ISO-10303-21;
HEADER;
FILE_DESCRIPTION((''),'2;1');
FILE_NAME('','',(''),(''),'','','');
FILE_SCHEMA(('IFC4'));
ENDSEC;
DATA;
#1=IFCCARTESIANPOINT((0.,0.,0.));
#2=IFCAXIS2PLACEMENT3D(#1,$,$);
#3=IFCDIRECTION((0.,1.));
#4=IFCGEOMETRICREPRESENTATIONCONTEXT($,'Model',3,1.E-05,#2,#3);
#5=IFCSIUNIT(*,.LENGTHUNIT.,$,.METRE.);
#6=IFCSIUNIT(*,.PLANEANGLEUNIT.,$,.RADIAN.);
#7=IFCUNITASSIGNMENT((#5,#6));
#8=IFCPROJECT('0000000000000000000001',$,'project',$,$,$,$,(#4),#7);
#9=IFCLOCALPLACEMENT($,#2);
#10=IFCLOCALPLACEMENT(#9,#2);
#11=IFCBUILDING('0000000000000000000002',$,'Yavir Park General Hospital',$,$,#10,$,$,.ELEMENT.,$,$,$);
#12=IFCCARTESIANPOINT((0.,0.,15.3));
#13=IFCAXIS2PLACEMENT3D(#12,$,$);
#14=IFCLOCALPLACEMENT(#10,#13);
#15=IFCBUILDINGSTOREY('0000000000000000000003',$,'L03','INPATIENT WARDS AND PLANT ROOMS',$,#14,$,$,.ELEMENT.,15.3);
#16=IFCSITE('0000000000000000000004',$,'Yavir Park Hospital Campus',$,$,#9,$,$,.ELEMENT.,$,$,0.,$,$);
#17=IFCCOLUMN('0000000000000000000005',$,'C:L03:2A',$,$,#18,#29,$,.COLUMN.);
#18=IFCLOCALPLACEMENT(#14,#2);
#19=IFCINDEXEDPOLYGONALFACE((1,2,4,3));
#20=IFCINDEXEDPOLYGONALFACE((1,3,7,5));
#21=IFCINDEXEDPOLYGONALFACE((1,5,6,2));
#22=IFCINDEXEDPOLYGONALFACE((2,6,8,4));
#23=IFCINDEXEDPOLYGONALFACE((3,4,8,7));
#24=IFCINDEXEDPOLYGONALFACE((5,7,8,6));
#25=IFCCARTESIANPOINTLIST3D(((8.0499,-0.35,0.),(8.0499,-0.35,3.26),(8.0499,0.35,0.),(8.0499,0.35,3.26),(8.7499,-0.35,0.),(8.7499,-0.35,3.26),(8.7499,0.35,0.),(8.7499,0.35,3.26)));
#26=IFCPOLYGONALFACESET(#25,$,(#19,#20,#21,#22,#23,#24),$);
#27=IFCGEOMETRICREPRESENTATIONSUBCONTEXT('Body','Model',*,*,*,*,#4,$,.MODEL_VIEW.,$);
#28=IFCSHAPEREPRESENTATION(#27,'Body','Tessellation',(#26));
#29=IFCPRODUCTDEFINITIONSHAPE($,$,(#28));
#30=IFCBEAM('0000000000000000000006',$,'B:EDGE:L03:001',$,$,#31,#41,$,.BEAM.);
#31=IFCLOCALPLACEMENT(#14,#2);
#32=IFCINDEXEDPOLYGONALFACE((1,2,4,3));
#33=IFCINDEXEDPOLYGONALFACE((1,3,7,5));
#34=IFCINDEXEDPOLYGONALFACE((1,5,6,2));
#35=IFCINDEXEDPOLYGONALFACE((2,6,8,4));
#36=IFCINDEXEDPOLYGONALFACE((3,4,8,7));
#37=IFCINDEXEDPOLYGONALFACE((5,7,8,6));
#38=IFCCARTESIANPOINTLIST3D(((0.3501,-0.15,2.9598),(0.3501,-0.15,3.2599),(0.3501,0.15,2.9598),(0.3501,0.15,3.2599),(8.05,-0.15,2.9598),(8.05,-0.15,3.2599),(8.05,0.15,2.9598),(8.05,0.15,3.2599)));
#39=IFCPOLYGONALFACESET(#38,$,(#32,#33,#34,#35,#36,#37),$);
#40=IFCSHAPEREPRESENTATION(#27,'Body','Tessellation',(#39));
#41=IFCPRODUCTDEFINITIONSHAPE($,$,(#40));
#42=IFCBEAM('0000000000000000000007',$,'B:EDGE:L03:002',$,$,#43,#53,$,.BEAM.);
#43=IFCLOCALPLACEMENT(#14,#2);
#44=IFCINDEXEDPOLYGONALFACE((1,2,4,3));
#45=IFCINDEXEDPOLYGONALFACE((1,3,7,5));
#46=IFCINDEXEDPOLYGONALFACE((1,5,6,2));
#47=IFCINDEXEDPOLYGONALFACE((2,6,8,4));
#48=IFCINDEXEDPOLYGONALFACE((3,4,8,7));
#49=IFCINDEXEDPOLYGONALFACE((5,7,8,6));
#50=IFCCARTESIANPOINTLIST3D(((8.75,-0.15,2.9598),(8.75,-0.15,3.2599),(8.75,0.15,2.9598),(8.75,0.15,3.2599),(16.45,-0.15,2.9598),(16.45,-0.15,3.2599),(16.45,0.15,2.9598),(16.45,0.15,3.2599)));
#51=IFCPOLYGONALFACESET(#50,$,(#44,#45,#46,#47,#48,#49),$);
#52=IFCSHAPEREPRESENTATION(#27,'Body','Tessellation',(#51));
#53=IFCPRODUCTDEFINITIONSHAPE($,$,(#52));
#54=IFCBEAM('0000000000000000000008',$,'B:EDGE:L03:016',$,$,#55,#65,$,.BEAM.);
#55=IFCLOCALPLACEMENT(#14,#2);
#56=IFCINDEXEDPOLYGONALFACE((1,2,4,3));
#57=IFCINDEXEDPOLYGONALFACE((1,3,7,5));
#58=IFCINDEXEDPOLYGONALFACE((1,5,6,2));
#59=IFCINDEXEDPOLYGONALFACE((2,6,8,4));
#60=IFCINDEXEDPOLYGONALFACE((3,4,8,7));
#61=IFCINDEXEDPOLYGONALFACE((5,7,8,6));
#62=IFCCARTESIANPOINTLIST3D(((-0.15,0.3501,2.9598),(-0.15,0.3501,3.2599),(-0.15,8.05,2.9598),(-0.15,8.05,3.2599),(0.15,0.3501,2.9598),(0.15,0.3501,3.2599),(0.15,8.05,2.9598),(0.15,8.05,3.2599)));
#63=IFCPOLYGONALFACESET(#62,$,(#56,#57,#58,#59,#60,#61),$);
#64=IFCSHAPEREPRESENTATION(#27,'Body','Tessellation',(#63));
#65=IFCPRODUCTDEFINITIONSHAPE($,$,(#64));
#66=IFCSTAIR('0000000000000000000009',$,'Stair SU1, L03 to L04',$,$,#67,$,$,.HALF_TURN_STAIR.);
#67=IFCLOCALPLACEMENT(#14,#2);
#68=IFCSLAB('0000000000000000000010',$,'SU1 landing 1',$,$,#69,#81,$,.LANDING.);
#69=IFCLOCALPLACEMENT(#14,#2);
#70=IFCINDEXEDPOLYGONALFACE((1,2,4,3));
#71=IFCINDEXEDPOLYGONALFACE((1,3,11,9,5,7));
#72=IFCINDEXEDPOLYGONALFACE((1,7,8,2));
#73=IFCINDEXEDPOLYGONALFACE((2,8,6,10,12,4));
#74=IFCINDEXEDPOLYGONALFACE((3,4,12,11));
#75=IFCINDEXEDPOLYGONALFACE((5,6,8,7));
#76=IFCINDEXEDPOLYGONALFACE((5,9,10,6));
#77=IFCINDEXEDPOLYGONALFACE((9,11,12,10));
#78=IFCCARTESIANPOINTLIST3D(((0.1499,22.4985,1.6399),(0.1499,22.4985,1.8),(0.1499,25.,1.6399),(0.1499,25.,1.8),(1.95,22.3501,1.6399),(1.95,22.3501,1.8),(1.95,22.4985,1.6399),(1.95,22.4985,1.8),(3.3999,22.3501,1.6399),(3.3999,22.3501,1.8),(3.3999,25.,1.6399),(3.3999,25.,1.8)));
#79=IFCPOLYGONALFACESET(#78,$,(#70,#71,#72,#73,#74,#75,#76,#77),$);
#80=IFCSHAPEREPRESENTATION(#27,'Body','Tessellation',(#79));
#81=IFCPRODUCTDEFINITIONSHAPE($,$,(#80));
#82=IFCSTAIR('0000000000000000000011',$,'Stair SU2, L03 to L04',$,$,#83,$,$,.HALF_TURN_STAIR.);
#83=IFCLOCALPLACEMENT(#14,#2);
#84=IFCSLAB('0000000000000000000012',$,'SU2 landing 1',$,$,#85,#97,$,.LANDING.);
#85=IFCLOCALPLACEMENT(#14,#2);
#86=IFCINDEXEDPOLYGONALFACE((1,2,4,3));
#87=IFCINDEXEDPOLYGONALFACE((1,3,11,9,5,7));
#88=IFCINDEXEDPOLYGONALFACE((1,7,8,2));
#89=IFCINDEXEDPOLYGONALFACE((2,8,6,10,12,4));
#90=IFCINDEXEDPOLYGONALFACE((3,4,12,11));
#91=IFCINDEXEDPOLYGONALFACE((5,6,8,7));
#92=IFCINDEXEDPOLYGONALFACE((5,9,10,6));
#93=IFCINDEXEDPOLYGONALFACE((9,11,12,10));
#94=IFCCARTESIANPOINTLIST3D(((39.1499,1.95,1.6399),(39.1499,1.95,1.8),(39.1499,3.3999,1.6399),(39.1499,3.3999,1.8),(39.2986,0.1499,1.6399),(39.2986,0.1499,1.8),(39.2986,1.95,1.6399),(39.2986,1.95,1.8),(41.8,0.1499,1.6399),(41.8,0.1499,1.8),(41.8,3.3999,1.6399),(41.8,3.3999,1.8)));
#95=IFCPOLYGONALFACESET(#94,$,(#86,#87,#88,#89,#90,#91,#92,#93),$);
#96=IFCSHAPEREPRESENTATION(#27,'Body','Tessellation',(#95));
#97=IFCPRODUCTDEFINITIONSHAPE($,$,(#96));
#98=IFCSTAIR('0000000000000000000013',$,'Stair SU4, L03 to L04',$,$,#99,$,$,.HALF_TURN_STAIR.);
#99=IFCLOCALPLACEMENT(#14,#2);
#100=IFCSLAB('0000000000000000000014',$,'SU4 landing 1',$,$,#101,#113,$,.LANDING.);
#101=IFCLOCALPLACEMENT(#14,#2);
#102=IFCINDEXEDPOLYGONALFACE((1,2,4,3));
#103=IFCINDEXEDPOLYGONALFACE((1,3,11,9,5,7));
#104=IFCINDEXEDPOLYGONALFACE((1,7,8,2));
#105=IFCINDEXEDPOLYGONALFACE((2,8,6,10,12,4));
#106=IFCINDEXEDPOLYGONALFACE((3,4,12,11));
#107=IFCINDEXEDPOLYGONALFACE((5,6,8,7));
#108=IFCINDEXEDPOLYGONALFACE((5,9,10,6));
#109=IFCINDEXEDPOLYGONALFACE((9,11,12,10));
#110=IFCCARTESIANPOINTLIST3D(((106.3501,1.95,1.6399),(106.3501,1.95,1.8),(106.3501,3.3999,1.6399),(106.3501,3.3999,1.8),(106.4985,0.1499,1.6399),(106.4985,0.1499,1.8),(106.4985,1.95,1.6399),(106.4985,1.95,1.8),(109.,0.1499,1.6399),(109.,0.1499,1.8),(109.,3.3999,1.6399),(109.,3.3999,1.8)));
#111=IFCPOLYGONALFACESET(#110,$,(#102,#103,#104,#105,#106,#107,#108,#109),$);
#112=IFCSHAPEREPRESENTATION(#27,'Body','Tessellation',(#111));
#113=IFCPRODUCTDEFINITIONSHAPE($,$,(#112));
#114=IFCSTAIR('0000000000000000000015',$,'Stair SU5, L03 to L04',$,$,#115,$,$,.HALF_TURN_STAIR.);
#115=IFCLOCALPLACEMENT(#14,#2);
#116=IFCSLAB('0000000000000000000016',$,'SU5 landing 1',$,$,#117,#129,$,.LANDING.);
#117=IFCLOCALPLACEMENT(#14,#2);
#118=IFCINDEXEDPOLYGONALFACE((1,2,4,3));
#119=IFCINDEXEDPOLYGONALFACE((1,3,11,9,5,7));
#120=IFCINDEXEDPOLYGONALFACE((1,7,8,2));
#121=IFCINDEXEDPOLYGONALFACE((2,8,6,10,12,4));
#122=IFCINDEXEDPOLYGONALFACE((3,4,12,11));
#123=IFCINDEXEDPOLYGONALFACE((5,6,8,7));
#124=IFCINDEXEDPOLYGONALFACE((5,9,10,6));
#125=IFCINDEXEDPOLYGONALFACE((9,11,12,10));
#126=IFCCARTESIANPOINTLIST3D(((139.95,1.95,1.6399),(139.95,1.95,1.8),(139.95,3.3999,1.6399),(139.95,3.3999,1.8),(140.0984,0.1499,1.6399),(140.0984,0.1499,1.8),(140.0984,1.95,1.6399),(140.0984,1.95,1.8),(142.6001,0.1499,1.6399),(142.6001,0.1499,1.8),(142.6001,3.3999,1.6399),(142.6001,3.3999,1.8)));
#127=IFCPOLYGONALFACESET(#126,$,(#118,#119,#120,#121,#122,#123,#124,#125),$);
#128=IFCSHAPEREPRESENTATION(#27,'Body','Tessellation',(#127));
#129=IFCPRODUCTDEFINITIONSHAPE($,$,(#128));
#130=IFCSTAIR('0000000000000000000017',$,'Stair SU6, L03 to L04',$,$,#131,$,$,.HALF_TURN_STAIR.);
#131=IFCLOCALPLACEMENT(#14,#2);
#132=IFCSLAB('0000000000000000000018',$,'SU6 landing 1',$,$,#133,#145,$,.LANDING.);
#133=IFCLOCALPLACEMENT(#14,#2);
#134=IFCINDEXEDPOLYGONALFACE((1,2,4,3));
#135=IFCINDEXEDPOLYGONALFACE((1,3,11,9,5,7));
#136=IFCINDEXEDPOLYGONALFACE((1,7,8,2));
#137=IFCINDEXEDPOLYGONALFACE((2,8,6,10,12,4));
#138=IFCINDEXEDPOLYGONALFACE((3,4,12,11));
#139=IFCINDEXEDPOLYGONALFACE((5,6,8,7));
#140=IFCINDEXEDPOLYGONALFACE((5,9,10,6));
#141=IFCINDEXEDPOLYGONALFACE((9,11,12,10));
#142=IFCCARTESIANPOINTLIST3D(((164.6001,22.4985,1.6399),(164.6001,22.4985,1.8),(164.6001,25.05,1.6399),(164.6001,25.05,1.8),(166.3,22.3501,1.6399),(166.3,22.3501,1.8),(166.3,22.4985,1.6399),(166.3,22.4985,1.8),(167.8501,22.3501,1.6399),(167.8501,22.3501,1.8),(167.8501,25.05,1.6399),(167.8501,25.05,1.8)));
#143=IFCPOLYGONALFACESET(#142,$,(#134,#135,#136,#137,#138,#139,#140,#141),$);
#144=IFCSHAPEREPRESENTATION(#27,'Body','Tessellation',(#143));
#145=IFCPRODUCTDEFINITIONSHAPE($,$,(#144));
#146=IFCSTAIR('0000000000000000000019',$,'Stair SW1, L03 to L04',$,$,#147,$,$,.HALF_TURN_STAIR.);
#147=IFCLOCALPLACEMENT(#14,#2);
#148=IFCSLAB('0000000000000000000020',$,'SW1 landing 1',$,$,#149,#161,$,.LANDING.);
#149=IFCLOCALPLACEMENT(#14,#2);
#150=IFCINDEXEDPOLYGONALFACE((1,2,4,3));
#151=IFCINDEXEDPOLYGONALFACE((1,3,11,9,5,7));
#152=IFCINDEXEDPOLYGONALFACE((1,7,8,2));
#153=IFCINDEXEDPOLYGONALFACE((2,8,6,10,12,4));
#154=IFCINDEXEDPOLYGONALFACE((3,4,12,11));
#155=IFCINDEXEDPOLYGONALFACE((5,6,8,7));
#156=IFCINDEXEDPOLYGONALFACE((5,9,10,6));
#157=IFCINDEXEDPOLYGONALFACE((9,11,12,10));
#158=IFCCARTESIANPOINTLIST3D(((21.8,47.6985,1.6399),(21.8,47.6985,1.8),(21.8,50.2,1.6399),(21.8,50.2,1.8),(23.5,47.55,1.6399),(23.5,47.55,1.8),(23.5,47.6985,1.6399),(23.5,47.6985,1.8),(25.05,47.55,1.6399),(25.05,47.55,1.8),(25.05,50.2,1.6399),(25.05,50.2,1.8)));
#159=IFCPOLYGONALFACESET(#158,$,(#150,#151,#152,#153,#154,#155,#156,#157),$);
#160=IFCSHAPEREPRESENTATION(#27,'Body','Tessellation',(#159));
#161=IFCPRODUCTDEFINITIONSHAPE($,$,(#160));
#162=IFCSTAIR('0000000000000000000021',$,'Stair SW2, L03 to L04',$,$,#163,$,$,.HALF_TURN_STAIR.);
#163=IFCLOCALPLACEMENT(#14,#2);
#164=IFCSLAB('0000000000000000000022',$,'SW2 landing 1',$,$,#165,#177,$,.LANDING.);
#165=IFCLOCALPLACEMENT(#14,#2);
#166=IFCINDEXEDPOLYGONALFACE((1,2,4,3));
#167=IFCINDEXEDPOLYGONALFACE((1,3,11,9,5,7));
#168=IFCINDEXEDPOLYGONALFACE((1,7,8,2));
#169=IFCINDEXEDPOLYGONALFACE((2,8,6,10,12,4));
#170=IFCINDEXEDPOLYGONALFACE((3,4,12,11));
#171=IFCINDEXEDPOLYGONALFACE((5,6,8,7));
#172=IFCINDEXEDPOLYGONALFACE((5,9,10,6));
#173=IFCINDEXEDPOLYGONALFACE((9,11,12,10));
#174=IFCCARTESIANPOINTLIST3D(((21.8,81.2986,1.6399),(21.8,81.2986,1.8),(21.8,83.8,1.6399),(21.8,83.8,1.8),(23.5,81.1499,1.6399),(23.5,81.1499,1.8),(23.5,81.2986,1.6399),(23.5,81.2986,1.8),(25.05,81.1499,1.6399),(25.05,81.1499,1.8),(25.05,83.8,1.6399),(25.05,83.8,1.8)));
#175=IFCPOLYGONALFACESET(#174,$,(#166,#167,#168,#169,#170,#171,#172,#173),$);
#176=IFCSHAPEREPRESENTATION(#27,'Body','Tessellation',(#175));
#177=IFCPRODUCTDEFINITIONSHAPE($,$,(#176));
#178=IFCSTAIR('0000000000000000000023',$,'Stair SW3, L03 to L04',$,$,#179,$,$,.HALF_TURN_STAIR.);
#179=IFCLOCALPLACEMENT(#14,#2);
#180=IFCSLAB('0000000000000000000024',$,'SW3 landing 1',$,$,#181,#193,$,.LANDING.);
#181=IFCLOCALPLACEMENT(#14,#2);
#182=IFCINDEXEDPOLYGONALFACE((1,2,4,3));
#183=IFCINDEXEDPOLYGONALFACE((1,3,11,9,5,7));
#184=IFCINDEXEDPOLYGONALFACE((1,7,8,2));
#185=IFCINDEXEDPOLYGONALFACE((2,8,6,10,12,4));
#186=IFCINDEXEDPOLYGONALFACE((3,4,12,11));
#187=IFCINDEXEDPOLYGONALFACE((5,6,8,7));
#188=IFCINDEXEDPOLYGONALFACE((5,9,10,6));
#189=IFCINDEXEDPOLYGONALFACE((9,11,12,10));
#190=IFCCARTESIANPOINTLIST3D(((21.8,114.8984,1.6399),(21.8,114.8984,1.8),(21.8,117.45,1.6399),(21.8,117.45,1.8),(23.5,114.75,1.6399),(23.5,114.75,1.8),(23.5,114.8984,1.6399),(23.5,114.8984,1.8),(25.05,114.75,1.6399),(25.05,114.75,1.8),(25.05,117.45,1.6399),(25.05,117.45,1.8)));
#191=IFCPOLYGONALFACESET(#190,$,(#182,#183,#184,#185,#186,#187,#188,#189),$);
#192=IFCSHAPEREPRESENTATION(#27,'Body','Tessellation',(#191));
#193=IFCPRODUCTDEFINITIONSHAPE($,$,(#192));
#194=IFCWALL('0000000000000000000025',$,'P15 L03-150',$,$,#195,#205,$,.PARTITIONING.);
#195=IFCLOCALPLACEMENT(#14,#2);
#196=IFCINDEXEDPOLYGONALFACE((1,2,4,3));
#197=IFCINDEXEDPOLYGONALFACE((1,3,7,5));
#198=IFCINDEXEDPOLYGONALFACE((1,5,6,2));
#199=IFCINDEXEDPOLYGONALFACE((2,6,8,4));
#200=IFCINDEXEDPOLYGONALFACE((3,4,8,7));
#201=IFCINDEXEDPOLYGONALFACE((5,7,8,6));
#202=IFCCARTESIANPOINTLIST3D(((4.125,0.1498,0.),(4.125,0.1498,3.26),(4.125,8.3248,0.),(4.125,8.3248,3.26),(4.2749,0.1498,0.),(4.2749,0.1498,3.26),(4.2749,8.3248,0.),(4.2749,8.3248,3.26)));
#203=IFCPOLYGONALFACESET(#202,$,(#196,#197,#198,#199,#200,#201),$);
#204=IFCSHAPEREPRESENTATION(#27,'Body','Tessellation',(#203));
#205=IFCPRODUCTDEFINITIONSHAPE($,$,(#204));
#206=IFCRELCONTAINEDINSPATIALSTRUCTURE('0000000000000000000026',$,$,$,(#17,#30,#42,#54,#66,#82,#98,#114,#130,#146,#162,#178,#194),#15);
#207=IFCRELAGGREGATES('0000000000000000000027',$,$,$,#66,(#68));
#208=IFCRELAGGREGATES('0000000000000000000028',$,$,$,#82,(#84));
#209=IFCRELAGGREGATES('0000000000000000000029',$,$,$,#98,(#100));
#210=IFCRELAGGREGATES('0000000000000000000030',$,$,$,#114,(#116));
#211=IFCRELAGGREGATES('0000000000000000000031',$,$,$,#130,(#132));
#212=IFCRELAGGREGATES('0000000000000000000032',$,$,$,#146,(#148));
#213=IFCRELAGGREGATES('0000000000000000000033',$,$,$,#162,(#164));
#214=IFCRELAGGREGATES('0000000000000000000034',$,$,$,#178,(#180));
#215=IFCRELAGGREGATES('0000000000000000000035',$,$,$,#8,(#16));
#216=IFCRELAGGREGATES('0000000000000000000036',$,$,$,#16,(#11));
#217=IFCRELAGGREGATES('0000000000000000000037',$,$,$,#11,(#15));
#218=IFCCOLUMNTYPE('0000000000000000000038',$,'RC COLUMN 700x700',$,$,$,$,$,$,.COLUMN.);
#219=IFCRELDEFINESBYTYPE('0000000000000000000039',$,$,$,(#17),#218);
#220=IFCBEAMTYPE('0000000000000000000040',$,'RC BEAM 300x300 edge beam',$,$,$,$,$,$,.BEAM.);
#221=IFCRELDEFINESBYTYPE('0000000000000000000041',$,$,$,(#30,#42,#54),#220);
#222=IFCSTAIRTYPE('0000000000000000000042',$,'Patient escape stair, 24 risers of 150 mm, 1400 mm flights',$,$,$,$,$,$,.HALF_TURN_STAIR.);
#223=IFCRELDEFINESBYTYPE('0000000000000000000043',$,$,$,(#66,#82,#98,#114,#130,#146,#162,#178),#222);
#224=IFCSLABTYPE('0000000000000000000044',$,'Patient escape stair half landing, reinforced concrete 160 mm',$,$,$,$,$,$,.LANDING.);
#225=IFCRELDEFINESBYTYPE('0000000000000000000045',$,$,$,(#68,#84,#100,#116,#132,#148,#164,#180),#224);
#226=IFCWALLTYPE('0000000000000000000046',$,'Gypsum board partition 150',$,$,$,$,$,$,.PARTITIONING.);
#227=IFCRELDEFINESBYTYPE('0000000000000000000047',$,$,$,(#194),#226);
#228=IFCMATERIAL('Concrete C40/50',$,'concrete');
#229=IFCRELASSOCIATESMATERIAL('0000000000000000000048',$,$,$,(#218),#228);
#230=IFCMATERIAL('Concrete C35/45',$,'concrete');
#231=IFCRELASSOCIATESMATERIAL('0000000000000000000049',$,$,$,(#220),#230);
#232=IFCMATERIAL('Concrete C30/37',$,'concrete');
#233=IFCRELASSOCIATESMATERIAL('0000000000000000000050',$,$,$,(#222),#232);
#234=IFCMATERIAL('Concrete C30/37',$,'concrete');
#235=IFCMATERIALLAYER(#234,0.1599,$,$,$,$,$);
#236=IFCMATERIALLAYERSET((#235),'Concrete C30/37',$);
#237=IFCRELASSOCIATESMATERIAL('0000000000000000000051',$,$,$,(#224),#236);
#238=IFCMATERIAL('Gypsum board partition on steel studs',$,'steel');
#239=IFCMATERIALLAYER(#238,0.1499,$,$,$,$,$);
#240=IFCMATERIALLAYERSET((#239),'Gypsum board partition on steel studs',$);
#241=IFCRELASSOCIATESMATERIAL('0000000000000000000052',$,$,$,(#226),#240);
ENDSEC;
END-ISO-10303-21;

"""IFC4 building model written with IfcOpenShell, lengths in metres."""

from ifc_helpers import new_model, si_unit, direction, frame, frame_2d, origin, origin_2d, place, context, subcontext, project, spatial, polyline, rectangle, outline, extrude, material, layer, layer_set, material_profile, profile_set, type_object, element, aggregate, save


model = new_model("IFC4")

# Units and contexts
model_context = context("Model", 3, precision=1e-05, world=origin(), true_north=direction((0.0, 1.0)))
body_context = subcontext(model_context, "Body", "Model", "MODEL_VIEW")
ifc_project = project(units=[si_unit("LENGTHUNIT", "METRE"), si_unit("PLANEANGLEUNIT", "RADIAN")], contexts=[model_context])

# Site, building, storey
site_placement = place(None, origin())
site = spatial("IfcSite", under=ifc_project, at=site_placement, Name="Yavir Park Hospital Campus", CompositionType="ELEMENT", RefElevation=0.0)
building_placement = place(site_placement, origin())
building = spatial("IfcBuilding", under=site, at=building_placement, Name="Yavir Park General Hospital", CompositionType="ELEMENT")
storey_placement = place(building_placement, frame((0.0, 0.0, 15.3)))
storey = spatial("IfcBuildingStorey", under=building, at=storey_placement, Name="L03", Description="INPATIENT WARDS AND PLANT ROOMS", CompositionType="ELEMENT", Elevation=15.3)

# Column
ifc_material_1 = material(Name="Concrete C40/50", Category="concrete")
ifc_material_profile_1 = material_profile(ifc_material_1, rectangle(XDim=0.7, YDim=0.7, at=origin_2d()), Name="RC700x700")
ifc_profile_set_1 = profile_set([ifc_material_profile_1], Name="Concrete C40/50")
column_type = type_object("IfcColumnType", Name="RC COLUMN 700x700", PredefinedType="COLUMN", material=ifc_profile_set_1)
column_placement = place(storey_placement, frame((8.3999, 0.0, 0.0), z_axis=(0.0, 0.0, 1.0), x_axis=(1.0, 0.0, 0.0)))
element("IfcColumn", 1, at=column_placement, inside=storey, type_object=column_type, Name="C:L03:2A", PredefinedType="COLUMN", context=body_context, shape_type="SweptSolid", body=[
    extrude(rectangle(XDim=0.7, YDim=0.7, at=origin_2d()), origin(), (0.0, 0.0, 1.0), 3.26),
])

# Beams
ifc_material_2 = material(Name="Concrete C35/45", Category="concrete")
ifc_material_profile_2 = material_profile(ifc_material_2, rectangle(XDim=0.3, YDim=0.3, at=origin_2d()), Name="RC300x300")
ifc_profile_set_2 = profile_set([ifc_material_profile_2], Name="Concrete C35/45")
beam_type = type_object("IfcBeamType", Name="RC BEAM 300x300 edge beam", PredefinedType="BEAM", material=ifc_profile_set_2)
for number, where, z_axis, x_axis, name in (
    (2, (0.3501, 0.0, 3.1099), (1.0, 0.0, 0.0), (0.0, 1.0, 0.0), "B:EDGE:L03:001"),
    (3, (8.75, 0.0, 3.1099), (1.0, 0.0, 0.0), (0.0, 1.0, 0.0), "B:EDGE:L03:002"),
    (4, (0.0, 0.3501, 3.1099), (0.0, 1.0, 0.0), (-1.0, 0.0, 0.0), "B:EDGE:L03:016"),
):
    element("IfcBeam", number, at=place(storey_placement, frame(where, z_axis=z_axis, x_axis=x_axis)), inside=storey, type_object=beam_type, Name=name, PredefinedType="BEAM", context=body_context, shape_type="SweptSolid", body=[
        extrude(rectangle(XDim=0.3, YDim=0.3, at=origin_2d()), origin(), (0.0, 0.0, 1.0), 7.7),
    ])

# Stairs, slabs
ifc_material_3 = material(Name="Concrete C30/37", Category="concrete")
stair_type = type_object("IfcStairType", Name="Patient escape stair, 24 risers of 150 mm, 1400 mm flights", PredefinedType="HALF_TURN_STAIR", material=ifc_material_3)
stair_1_placement = place(storey_placement, origin())
stair_1 = element("IfcStair", 5, at=stair_1_placement, inside=storey, type_object=stair_type, Name="Stair SU1, L03 to L04", PredefinedType="HALF_TURN_STAIR")
ifc_material_4 = material(Name="Concrete C30/37", Category="concrete")
ifc_layer_1 = layer(ifc_material_4, 0.1599)
ifc_layer_set_1 = layer_set([ifc_layer_1], Name="Concrete C30/37")
slab_type = type_object("IfcSlabType", Name="Patient escape stair half landing, reinforced concrete 160 mm", PredefinedType="LANDING", material=ifc_layer_set_1)
slab_1_placement = place(storey_placement, frame((0.0, 0.0, 1.6399)))
slab_1 = element("IfcSlab", 6, at=slab_1_placement, type_object=slab_type, Name="SU1 landing 1", PredefinedType="LANDING", context=body_context, shape_type="SweptSolid", body=[
    extrude(outline(polyline([(0.1499, 22.4985), (0.1499, 25.0), (3.3999, 25.0), (3.3999, 22.3501), (1.95, 22.3501), (1.95, 22.4985), (0.1499, 22.4985)])), origin(), (0.0, 0.0, 1.0), 0.1602),
])
aggregate(stair_1, [slab_1])
stair_2_placement = place(storey_placement, origin())
stair_2 = element("IfcStair", 7, at=stair_2_placement, inside=storey, type_object=stair_type, Name="Stair SU2, L03 to L04", PredefinedType="HALF_TURN_STAIR")
slab_2_placement = place(storey_placement, frame((0.0, 0.0, 1.6399)))
slab_2 = element("IfcSlab", 8, at=slab_2_placement, type_object=slab_type, Name="SU2 landing 1", PredefinedType="LANDING", context=body_context, shape_type="SweptSolid", body=[
    extrude(outline(polyline([(39.2986, 0.1499), (41.8, 0.1499), (41.8, 3.3999), (39.1499, 3.3999), (39.1499, 1.95), (39.2986, 1.95), (39.2986, 0.1499)])), origin(), (0.0, 0.0, 1.0), 0.1602),
])
aggregate(stair_2, [slab_2])
stair_3_placement = place(storey_placement, origin())
stair_3 = element("IfcStair", 9, at=stair_3_placement, inside=storey, type_object=stair_type, Name="Stair SU4, L03 to L04", PredefinedType="HALF_TURN_STAIR")
slab_3_placement = place(storey_placement, frame((0.0, 0.0, 1.6399)))
slab_3 = element("IfcSlab", 10, at=slab_3_placement, type_object=slab_type, Name="SU4 landing 1", PredefinedType="LANDING", context=body_context, shape_type="SweptSolid", body=[
    extrude(outline(polyline([(106.4985, 0.1499), (109.0, 0.1499), (109.0, 3.3999), (106.3501, 3.3999), (106.3501, 1.95), (106.4985, 1.95), (106.4985, 0.1499)])), origin(), (0.0, 0.0, 1.0), 0.1602),
])
aggregate(stair_3, [slab_3])
stair_4_placement = place(storey_placement, origin())
stair_4 = element("IfcStair", 11, at=stair_4_placement, inside=storey, type_object=stair_type, Name="Stair SU5, L03 to L04", PredefinedType="HALF_TURN_STAIR")
slab_4_placement = place(storey_placement, frame((0.0, 0.0, 1.6399)))
slab_4 = element("IfcSlab", 12, at=slab_4_placement, type_object=slab_type, Name="SU5 landing 1", PredefinedType="LANDING", context=body_context, shape_type="SweptSolid", body=[
    extrude(outline(polyline([(140.0984, 0.1499), (142.6001, 0.1499), (142.6001, 3.3999), (139.95, 3.3999), (139.95, 1.95), (140.0984, 1.95), (140.0984, 0.1499)])), origin(), (0.0, 0.0, 1.0), 0.1602),
])
aggregate(stair_4, [slab_4])
stair_5_placement = place(storey_placement, origin())
stair_5 = element("IfcStair", 13, at=stair_5_placement, inside=storey, type_object=stair_type, Name="Stair SU6, L03 to L04", PredefinedType="HALF_TURN_STAIR")
slab_5_placement = place(storey_placement, frame((0.0, 0.0, 1.6399)))
slab_5 = element("IfcSlab", 14, at=slab_5_placement, type_object=slab_type, Name="SU6 landing 1", PredefinedType="LANDING", context=body_context, shape_type="SweptSolid", body=[
    extrude(outline(polyline([(164.6001, 22.4985), (164.6001, 25.05), (167.8501, 25.05), (167.8501, 22.3501), (166.3, 22.3501), (166.3, 22.4985), (164.6001, 22.4985)])), origin(), (0.0, 0.0, 1.0), 0.1602),
])
aggregate(stair_5, [slab_5])
stair_6_placement = place(storey_placement, origin())
stair_6 = element("IfcStair", 15, at=stair_6_placement, inside=storey, type_object=stair_type, Name="Stair SW1, L03 to L04", PredefinedType="HALF_TURN_STAIR")
slab_6_placement = place(storey_placement, frame((0.0, 0.0, 1.6399)))
slab_6 = element("IfcSlab", 16, at=slab_6_placement, type_object=slab_type, Name="SW1 landing 1", PredefinedType="LANDING", context=body_context, shape_type="SweptSolid", body=[
    extrude(outline(polyline([(21.8, 47.6985), (21.8, 50.2), (25.05, 50.2), (25.05, 47.55), (23.5, 47.55), (23.5, 47.6985), (21.8, 47.6985)])), origin(), (0.0, 0.0, 1.0), 0.1602),
])
aggregate(stair_6, [slab_6])
stair_7_placement = place(storey_placement, origin())
stair_7 = element("IfcStair", 17, at=stair_7_placement, inside=storey, type_object=stair_type, Name="Stair SW2, L03 to L04", PredefinedType="HALF_TURN_STAIR")
slab_7_placement = place(storey_placement, frame((0.0, 0.0, 1.6399)))
slab_7 = element("IfcSlab", 18, at=slab_7_placement, type_object=slab_type, Name="SW2 landing 1", PredefinedType="LANDING", context=body_context, shape_type="SweptSolid", body=[
    extrude(outline(polyline([(21.8, 81.2986), (21.8, 83.8), (25.05, 83.8), (25.05, 81.1499), (23.5, 81.1499), (23.5, 81.2986), (21.8, 81.2986)])), origin(), (0.0, 0.0, 1.0), 0.1602),
])
aggregate(stair_7, [slab_7])
stair_8_placement = place(storey_placement, origin())
stair_8 = element("IfcStair", 19, at=stair_8_placement, inside=storey, type_object=stair_type, Name="Stair SW3, L03 to L04", PredefinedType="HALF_TURN_STAIR")
slab_8_placement = place(storey_placement, frame((0.0, 0.0, 1.6399)))
slab_8 = element("IfcSlab", 20, at=slab_8_placement, type_object=slab_type, Name="SW3 landing 1", PredefinedType="LANDING", context=body_context, shape_type="SweptSolid", body=[
    extrude(outline(polyline([(21.8, 114.8984), (21.8, 117.45), (25.05, 117.45), (25.05, 114.75), (23.5, 114.75), (23.5, 114.8984), (21.8, 114.8984)])), origin(), (0.0, 0.0, 1.0), 0.1602),
])
aggregate(stair_8, [slab_8])

# Wall
ifc_material_5 = material(Name="Gypsum board partition on steel studs", Category="steel")
ifc_layer_2 = layer(ifc_material_5, 0.1499)
ifc_layer_set_2 = layer_set([ifc_layer_2], Name="Gypsum board partition on steel studs")
wall_type_1 = type_object("IfcWallType", Name="Gypsum board partition 150", PredefinedType="PARTITIONING", material=ifc_layer_set_2)
wall_1_placement = place(storey_placement, frame((4.2, 0.1499, 0.0), z_axis=(0.0, 0.0, 1.0), x_axis=(0.0, 1.0, 0.0)))
element("IfcWall", 21, at=wall_1_placement, inside=storey, type_object=wall_type_1, Name="P15 L03-150", PredefinedType="PARTITIONING", context=body_context, shape_type="SweptSolid", body=[
    extrude(rectangle(XDim=8.175, YDim=0.1499, at=frame_2d((4.0874, 0.0))), origin(), (0.0, 0.0, 1.0), 3.26),
])

save(model, "model.ifc")
